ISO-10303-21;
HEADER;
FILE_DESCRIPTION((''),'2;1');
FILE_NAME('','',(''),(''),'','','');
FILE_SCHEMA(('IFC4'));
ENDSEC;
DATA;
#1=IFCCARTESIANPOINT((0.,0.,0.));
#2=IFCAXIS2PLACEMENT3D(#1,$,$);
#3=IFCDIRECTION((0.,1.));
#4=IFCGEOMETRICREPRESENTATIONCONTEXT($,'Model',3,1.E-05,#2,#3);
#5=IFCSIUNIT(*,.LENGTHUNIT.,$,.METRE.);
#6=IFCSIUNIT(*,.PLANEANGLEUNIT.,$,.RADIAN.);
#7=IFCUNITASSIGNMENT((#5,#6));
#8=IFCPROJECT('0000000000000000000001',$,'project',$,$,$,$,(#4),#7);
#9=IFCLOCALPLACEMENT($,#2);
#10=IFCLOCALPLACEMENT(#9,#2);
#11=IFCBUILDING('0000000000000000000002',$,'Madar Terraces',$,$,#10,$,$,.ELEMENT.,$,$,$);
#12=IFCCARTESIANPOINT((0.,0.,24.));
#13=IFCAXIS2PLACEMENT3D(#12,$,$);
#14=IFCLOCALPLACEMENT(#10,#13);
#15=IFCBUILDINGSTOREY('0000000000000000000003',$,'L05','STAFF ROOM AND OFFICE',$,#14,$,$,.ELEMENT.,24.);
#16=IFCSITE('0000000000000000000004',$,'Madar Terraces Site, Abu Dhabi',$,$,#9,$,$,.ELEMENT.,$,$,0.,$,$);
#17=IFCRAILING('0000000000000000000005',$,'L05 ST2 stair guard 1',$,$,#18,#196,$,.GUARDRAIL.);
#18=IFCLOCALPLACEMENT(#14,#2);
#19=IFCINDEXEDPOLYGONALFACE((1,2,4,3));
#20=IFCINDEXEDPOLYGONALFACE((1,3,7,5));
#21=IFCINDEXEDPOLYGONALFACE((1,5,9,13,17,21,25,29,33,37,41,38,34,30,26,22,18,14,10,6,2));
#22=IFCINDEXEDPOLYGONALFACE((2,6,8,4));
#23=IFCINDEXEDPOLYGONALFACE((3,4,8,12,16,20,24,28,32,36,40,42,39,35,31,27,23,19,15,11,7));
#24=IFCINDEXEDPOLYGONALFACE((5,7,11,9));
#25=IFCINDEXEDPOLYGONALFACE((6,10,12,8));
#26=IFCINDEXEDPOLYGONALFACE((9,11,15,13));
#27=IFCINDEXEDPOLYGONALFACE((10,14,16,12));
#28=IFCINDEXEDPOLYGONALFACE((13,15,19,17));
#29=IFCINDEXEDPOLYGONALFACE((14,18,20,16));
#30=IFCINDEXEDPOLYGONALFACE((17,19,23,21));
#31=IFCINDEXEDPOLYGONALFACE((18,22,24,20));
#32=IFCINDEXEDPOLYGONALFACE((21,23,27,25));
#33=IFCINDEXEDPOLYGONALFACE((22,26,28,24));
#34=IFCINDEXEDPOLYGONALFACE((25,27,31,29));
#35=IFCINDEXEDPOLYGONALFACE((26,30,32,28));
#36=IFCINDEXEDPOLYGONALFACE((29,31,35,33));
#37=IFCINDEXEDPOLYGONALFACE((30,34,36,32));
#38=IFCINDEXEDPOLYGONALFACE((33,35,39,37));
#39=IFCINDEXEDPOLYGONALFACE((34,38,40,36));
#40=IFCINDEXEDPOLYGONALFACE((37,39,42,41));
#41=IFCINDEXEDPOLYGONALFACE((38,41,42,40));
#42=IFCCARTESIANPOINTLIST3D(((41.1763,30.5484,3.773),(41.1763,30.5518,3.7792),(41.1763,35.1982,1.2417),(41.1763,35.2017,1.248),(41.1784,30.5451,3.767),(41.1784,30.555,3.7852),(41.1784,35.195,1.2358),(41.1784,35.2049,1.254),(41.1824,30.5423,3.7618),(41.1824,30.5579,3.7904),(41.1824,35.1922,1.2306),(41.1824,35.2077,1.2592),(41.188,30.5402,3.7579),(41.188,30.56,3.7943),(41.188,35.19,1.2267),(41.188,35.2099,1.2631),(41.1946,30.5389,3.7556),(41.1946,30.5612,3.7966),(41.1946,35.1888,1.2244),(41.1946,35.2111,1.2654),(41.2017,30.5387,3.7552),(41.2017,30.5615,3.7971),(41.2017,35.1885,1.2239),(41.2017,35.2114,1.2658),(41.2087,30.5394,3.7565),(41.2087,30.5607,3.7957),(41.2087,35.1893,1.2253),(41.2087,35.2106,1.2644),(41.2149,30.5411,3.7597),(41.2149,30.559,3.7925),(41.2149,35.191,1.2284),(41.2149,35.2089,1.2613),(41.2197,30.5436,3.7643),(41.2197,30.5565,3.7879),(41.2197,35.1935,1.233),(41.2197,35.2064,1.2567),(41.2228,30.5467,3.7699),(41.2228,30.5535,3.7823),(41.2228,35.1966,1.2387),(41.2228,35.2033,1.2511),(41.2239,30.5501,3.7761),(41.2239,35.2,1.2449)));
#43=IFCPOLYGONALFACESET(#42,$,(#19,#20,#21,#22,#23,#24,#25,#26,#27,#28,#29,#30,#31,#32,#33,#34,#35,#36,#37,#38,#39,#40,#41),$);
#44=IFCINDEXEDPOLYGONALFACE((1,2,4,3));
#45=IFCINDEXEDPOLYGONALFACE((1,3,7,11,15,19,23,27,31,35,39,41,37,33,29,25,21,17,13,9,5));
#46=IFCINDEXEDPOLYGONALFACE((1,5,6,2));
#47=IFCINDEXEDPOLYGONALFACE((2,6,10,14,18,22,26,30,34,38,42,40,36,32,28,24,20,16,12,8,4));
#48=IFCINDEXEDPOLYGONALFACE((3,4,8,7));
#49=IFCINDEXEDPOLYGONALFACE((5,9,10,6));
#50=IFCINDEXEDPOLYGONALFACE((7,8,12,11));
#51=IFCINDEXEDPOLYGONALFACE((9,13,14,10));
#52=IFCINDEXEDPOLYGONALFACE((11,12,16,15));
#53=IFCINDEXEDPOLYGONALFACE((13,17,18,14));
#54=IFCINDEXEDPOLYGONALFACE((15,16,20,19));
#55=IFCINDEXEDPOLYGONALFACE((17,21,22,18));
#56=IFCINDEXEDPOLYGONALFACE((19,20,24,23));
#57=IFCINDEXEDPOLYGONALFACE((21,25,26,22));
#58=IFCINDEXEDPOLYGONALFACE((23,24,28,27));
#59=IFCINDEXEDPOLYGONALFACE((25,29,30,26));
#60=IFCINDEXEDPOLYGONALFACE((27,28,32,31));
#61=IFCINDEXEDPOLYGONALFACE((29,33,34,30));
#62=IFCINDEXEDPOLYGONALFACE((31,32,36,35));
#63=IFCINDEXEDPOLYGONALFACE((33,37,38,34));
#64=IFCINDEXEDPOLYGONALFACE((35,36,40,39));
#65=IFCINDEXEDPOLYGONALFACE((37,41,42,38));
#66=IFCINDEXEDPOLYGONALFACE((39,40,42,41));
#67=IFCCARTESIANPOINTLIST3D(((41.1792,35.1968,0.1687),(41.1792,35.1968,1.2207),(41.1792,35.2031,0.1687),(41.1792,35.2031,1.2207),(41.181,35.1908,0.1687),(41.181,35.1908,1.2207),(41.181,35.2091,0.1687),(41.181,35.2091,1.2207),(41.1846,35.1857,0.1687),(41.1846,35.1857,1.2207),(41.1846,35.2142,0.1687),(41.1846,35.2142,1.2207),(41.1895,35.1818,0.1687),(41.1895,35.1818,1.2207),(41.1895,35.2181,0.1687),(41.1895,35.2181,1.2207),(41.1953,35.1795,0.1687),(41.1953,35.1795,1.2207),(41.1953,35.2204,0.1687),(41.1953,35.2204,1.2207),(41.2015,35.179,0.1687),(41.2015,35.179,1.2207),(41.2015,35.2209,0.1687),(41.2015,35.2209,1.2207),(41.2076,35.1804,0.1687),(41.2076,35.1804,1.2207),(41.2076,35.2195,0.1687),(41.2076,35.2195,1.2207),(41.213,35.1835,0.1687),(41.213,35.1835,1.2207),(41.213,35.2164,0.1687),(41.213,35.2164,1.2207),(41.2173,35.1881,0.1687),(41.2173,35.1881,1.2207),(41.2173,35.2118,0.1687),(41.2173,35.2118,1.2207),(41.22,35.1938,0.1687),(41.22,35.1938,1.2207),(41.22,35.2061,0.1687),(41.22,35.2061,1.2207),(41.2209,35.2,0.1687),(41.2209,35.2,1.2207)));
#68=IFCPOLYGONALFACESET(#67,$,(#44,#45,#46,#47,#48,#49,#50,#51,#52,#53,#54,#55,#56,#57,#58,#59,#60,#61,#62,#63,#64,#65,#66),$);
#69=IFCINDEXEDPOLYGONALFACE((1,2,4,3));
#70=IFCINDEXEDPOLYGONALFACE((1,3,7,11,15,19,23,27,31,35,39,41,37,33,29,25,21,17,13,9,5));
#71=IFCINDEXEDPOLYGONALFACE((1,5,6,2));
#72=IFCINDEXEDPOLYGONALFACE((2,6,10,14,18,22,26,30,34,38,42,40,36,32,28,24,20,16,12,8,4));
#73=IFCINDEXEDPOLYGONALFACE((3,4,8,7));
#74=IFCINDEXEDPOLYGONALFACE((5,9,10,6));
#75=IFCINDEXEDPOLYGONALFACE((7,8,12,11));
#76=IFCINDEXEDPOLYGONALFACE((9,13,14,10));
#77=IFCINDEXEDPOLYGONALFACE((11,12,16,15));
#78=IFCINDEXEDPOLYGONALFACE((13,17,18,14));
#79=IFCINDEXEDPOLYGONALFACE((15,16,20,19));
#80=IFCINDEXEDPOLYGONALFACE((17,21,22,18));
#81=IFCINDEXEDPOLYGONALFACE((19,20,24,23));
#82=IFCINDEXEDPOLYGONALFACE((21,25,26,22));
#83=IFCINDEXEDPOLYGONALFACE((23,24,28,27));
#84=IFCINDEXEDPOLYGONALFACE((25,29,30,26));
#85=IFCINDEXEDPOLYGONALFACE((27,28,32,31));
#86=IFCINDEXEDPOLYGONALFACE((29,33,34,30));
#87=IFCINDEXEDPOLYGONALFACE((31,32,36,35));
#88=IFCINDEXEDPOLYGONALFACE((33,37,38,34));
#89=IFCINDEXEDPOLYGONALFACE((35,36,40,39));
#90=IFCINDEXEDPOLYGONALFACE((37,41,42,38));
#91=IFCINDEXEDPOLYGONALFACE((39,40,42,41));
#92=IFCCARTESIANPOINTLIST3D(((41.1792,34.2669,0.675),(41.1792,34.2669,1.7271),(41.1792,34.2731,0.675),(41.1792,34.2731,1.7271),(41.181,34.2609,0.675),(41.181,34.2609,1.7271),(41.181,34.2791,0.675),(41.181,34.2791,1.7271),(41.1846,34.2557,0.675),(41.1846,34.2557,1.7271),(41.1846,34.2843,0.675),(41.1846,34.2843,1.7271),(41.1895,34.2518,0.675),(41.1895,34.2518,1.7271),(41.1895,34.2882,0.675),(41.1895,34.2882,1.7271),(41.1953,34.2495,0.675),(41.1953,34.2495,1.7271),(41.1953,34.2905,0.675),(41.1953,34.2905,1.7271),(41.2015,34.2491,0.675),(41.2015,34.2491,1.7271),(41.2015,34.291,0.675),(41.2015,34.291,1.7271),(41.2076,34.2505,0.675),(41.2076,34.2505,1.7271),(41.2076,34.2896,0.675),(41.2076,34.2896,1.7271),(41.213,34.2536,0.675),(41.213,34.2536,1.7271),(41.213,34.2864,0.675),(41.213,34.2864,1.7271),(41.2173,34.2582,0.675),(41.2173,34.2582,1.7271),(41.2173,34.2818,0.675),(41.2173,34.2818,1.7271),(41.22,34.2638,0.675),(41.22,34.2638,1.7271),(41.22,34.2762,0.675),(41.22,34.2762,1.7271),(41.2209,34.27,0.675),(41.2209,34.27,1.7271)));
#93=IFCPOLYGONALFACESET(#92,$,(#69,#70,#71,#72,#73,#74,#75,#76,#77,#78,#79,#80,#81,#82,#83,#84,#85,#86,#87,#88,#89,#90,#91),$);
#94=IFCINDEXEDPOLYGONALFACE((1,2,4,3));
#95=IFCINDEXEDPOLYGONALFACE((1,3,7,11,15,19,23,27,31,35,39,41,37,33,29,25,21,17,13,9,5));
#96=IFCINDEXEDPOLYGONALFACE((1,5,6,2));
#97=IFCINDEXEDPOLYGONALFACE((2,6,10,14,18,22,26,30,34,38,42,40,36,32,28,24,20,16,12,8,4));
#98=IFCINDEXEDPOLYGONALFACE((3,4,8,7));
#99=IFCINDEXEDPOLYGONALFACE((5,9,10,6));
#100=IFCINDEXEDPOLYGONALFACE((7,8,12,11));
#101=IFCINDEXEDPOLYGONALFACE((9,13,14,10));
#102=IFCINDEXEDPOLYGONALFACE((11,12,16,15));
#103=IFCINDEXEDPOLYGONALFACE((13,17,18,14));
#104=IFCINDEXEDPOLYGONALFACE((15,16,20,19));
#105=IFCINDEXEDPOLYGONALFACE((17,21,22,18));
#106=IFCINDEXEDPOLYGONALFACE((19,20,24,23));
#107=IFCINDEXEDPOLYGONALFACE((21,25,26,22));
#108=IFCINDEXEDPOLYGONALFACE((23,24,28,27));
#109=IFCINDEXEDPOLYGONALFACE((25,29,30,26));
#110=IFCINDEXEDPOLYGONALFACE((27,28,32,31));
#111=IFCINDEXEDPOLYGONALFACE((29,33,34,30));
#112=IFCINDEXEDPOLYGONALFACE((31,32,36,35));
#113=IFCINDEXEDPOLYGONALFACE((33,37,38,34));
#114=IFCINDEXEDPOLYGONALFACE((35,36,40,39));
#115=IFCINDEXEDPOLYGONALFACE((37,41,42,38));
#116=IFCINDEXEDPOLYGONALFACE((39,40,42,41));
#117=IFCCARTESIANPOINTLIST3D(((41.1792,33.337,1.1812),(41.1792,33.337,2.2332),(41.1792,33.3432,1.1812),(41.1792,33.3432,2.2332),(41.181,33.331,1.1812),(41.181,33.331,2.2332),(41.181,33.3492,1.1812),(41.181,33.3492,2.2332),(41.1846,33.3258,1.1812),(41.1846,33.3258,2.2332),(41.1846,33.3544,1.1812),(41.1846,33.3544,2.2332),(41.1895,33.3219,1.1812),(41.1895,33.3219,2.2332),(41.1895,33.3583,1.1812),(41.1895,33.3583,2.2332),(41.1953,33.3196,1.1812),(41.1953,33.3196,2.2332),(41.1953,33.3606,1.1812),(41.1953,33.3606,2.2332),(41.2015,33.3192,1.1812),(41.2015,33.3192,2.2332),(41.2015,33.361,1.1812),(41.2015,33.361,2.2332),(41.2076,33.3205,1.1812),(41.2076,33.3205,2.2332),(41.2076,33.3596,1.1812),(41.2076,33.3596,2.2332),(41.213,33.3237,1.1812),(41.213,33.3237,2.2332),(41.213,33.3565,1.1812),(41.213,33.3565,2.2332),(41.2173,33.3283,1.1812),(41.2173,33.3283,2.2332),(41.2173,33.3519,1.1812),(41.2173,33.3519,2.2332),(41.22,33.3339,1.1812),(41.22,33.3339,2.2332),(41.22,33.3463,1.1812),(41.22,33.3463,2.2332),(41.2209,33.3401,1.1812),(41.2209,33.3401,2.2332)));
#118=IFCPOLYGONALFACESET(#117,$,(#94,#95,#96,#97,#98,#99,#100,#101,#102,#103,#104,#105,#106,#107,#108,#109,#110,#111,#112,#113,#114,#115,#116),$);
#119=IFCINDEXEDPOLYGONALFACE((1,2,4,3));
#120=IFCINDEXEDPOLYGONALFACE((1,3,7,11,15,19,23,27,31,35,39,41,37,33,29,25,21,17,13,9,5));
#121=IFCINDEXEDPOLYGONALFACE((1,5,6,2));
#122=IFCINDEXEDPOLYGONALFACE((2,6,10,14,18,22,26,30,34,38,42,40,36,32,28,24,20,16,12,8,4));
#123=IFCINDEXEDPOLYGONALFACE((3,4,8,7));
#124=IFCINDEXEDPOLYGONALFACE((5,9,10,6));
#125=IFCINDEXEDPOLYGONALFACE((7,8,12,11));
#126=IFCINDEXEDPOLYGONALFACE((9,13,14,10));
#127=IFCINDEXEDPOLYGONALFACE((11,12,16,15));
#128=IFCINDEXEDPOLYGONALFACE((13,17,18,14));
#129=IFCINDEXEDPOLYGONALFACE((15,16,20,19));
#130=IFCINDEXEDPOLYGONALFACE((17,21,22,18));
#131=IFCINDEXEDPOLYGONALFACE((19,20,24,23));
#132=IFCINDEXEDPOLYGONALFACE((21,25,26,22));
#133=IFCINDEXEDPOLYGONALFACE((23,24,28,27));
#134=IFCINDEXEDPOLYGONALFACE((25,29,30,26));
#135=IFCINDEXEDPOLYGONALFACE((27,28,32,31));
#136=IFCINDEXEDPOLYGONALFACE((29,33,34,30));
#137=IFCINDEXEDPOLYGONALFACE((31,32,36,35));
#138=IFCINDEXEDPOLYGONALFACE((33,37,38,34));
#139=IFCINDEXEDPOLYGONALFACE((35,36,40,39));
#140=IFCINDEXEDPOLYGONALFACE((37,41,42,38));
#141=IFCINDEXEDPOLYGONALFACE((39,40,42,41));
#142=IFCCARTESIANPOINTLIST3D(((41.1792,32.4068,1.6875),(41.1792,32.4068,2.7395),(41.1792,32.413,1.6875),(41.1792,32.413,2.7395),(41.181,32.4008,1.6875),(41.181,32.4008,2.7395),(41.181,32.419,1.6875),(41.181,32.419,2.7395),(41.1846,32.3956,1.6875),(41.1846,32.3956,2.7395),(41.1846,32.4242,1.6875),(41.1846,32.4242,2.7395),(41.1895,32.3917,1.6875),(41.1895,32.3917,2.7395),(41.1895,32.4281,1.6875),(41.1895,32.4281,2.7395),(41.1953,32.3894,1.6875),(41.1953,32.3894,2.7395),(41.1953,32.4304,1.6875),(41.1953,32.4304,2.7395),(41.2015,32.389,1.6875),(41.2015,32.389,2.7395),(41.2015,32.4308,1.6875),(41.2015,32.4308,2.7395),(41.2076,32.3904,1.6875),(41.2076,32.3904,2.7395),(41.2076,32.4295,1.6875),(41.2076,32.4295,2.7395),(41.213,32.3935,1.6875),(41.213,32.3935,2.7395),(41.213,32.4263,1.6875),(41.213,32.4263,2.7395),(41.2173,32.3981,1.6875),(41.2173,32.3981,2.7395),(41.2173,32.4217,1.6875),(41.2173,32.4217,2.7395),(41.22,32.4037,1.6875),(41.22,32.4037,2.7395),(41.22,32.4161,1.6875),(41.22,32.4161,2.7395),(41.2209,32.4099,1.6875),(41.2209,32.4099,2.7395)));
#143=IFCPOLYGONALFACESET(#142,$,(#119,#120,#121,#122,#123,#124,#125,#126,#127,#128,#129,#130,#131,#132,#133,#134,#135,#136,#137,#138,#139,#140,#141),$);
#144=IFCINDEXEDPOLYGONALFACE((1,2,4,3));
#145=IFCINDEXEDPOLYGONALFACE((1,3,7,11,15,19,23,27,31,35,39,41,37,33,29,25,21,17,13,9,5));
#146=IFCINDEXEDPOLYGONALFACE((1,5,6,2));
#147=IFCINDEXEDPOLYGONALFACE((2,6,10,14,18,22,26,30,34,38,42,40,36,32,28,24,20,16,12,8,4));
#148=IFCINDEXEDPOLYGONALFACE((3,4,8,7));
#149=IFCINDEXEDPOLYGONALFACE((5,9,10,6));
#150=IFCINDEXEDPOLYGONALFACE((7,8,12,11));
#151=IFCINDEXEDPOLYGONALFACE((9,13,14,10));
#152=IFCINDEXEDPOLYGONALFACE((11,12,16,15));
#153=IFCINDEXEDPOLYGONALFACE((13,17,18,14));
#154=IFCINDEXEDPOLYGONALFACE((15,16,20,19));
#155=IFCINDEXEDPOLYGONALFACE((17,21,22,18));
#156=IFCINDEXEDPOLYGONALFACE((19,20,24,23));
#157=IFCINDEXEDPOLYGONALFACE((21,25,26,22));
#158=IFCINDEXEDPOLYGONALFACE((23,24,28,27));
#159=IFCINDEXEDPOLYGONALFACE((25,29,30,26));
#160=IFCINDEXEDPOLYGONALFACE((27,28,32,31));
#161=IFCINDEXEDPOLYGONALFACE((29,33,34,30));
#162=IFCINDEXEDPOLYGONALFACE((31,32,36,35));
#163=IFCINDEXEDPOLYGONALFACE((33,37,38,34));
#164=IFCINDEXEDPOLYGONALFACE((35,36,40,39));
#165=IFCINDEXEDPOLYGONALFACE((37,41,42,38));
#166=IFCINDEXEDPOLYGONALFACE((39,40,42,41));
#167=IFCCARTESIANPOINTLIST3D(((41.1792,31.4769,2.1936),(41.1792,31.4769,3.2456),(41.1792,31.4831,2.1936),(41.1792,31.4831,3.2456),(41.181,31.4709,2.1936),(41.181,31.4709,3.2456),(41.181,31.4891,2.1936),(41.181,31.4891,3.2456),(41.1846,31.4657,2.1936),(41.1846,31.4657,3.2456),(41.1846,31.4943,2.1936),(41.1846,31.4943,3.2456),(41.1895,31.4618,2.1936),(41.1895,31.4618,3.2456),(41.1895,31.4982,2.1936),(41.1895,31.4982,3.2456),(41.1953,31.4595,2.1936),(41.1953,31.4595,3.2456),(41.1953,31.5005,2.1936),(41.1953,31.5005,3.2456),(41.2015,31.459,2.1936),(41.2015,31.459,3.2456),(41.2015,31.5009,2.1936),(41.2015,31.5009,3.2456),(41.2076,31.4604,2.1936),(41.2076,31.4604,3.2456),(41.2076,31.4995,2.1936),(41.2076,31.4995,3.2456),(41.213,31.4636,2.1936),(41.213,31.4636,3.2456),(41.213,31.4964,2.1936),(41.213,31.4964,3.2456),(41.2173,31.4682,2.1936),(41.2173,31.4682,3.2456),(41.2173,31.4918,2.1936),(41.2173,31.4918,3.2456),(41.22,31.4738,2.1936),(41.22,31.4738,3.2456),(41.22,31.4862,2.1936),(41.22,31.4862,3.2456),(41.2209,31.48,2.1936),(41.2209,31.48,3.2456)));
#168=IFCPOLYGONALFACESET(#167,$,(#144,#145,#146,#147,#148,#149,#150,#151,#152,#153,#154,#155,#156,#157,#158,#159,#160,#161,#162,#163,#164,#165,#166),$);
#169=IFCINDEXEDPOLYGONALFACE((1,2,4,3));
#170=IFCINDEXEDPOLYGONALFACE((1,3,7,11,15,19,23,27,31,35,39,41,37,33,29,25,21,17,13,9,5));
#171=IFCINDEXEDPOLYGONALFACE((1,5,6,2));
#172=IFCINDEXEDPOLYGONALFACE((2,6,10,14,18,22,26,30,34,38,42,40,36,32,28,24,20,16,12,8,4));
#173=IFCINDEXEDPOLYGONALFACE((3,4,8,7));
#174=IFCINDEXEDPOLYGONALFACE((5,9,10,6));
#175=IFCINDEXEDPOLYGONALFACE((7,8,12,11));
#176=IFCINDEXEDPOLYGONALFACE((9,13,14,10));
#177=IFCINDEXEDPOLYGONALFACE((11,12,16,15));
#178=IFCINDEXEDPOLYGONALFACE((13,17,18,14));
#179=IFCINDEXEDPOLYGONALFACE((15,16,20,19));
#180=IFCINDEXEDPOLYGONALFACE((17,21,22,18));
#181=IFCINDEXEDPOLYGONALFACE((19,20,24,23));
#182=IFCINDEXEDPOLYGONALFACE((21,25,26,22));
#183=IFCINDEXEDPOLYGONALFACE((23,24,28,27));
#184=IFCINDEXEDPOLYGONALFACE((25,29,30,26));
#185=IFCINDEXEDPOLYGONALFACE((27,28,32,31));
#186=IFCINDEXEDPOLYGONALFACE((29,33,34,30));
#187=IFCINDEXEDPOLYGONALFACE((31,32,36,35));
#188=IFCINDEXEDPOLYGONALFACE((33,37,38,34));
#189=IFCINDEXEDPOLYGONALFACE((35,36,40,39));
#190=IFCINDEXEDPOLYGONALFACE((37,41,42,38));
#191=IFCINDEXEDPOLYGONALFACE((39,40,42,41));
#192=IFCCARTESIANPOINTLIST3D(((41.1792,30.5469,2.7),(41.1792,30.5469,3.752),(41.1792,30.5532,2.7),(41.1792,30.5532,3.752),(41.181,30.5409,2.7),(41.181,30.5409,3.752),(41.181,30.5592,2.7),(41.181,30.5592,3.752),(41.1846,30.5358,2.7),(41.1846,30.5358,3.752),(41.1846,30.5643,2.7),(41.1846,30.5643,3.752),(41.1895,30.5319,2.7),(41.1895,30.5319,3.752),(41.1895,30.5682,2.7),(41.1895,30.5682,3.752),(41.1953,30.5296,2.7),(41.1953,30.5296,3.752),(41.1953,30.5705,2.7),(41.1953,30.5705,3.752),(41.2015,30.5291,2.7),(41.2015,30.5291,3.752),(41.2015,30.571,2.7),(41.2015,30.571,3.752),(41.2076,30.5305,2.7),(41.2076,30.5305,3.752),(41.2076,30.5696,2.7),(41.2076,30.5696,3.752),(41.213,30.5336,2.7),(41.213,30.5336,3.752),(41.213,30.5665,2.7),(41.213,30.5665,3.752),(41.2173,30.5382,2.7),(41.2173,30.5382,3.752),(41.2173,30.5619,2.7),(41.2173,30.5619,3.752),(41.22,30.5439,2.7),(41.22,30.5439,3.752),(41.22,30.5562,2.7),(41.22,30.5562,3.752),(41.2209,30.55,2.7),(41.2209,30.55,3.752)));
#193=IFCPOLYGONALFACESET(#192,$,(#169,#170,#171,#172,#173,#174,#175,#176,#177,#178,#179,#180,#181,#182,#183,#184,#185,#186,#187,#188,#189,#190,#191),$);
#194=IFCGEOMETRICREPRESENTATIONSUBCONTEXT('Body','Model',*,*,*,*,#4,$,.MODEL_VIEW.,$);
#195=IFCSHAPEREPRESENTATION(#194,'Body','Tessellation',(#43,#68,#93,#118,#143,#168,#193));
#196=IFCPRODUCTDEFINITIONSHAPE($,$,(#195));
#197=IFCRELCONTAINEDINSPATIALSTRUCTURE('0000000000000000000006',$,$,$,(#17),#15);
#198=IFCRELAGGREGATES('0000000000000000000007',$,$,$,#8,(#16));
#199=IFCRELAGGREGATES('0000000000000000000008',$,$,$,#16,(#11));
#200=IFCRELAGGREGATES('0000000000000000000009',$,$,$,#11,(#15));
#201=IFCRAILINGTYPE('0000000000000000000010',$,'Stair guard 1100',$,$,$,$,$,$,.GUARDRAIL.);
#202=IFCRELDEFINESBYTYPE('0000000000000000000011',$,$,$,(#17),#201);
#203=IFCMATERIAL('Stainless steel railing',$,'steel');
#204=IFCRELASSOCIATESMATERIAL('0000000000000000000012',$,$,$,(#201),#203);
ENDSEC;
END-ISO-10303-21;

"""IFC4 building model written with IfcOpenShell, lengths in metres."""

from ifc_helpers import new_model, si_unit, direction, frame, origin, origin_2d, place, context, subcontext, project, spatial, circle, extrude, material, type_object, element, save


model = new_model("IFC4")

# Units and contexts
model_context = context("Model", 3, precision=1e-05, world=origin(), true_north=direction((0.0, 1.0)))
body_context = subcontext(model_context, "Body", "Model", "MODEL_VIEW")
ifc_project = project(units=[si_unit("LENGTHUNIT", "METRE"), si_unit("PLANEANGLEUNIT", "RADIAN")], contexts=[model_context])

# Site, building, storey
site_placement = place(None, origin())
site = spatial("IfcSite", under=ifc_project, at=site_placement, Name="Madar Terraces Site, Abu Dhabi", CompositionType="ELEMENT", RefElevation=0.0)
building_placement = place(site_placement, origin())
building = spatial("IfcBuilding", under=site, at=building_placement, Name="Madar Terraces", CompositionType="ELEMENT")
storey_placement = place(building_placement, frame((0.0, 0.0, 24.0)))
storey = spatial("IfcBuildingStorey", under=building, at=storey_placement, Name="L05", Description="STAFF ROOM AND OFFICE", CompositionType="ELEMENT", Elevation=24.0)

# Railing
ifc_material_1 = material(Name="Stainless steel railing", Category="steel")
railing_type_1 = type_object("IfcRailingType", Name="Stair guard 1100", PredefinedType="GUARDRAIL", material=ifc_material_1)
railing_1_placement = place(storey_placement, frame((41.2, 35.2, 0.1687)))
element("IfcRailing", 1, at=railing_1_placement, inside=storey, type_object=railing_type_1, Name="L05 ST2 stair guard 1", PredefinedType="GUARDRAIL", context=body_context, shape_type="SweptSolid", body=[
    extrude(circle(Radius=0.0239, at=origin_2d()), frame((0.0, 0.0, 1.0762), z_axis=(0.0, -0.878297, 0.478115), x_axis=(1.0, 0.0, 0.0)), (0.0, 0.0, 1.0), 5.2942),
    extrude(circle(Radius=0.021, at=origin_2d()), origin(), (0.0, 0.0, 1.0), 1.052),
    extrude(circle(Radius=0.021, at=origin_2d()), frame((0.0, -0.9299, 0.5063)), (0.0, 0.0, 1.0), 1.052),
    extrude(circle(Radius=0.021, at=origin_2d()), frame((0.0, -1.8599, 1.0125)), (0.0, 0.0, 1.0), 1.052),
    extrude(circle(Radius=0.021, at=origin_2d()), frame((0.0, -2.79, 1.5188)), (0.0, 0.0, 1.0), 1.052),
    extrude(circle(Radius=0.021, at=origin_2d()), frame((0.0, -3.72, 2.0249)), (0.0, 0.0, 1.0), 1.052),
    extrude(circle(Radius=0.021, at=origin_2d()), frame((0.0, -4.6499, 2.5312)), (0.0, 0.0, 1.0), 1.052),
])

save(model, "model.ifc")
